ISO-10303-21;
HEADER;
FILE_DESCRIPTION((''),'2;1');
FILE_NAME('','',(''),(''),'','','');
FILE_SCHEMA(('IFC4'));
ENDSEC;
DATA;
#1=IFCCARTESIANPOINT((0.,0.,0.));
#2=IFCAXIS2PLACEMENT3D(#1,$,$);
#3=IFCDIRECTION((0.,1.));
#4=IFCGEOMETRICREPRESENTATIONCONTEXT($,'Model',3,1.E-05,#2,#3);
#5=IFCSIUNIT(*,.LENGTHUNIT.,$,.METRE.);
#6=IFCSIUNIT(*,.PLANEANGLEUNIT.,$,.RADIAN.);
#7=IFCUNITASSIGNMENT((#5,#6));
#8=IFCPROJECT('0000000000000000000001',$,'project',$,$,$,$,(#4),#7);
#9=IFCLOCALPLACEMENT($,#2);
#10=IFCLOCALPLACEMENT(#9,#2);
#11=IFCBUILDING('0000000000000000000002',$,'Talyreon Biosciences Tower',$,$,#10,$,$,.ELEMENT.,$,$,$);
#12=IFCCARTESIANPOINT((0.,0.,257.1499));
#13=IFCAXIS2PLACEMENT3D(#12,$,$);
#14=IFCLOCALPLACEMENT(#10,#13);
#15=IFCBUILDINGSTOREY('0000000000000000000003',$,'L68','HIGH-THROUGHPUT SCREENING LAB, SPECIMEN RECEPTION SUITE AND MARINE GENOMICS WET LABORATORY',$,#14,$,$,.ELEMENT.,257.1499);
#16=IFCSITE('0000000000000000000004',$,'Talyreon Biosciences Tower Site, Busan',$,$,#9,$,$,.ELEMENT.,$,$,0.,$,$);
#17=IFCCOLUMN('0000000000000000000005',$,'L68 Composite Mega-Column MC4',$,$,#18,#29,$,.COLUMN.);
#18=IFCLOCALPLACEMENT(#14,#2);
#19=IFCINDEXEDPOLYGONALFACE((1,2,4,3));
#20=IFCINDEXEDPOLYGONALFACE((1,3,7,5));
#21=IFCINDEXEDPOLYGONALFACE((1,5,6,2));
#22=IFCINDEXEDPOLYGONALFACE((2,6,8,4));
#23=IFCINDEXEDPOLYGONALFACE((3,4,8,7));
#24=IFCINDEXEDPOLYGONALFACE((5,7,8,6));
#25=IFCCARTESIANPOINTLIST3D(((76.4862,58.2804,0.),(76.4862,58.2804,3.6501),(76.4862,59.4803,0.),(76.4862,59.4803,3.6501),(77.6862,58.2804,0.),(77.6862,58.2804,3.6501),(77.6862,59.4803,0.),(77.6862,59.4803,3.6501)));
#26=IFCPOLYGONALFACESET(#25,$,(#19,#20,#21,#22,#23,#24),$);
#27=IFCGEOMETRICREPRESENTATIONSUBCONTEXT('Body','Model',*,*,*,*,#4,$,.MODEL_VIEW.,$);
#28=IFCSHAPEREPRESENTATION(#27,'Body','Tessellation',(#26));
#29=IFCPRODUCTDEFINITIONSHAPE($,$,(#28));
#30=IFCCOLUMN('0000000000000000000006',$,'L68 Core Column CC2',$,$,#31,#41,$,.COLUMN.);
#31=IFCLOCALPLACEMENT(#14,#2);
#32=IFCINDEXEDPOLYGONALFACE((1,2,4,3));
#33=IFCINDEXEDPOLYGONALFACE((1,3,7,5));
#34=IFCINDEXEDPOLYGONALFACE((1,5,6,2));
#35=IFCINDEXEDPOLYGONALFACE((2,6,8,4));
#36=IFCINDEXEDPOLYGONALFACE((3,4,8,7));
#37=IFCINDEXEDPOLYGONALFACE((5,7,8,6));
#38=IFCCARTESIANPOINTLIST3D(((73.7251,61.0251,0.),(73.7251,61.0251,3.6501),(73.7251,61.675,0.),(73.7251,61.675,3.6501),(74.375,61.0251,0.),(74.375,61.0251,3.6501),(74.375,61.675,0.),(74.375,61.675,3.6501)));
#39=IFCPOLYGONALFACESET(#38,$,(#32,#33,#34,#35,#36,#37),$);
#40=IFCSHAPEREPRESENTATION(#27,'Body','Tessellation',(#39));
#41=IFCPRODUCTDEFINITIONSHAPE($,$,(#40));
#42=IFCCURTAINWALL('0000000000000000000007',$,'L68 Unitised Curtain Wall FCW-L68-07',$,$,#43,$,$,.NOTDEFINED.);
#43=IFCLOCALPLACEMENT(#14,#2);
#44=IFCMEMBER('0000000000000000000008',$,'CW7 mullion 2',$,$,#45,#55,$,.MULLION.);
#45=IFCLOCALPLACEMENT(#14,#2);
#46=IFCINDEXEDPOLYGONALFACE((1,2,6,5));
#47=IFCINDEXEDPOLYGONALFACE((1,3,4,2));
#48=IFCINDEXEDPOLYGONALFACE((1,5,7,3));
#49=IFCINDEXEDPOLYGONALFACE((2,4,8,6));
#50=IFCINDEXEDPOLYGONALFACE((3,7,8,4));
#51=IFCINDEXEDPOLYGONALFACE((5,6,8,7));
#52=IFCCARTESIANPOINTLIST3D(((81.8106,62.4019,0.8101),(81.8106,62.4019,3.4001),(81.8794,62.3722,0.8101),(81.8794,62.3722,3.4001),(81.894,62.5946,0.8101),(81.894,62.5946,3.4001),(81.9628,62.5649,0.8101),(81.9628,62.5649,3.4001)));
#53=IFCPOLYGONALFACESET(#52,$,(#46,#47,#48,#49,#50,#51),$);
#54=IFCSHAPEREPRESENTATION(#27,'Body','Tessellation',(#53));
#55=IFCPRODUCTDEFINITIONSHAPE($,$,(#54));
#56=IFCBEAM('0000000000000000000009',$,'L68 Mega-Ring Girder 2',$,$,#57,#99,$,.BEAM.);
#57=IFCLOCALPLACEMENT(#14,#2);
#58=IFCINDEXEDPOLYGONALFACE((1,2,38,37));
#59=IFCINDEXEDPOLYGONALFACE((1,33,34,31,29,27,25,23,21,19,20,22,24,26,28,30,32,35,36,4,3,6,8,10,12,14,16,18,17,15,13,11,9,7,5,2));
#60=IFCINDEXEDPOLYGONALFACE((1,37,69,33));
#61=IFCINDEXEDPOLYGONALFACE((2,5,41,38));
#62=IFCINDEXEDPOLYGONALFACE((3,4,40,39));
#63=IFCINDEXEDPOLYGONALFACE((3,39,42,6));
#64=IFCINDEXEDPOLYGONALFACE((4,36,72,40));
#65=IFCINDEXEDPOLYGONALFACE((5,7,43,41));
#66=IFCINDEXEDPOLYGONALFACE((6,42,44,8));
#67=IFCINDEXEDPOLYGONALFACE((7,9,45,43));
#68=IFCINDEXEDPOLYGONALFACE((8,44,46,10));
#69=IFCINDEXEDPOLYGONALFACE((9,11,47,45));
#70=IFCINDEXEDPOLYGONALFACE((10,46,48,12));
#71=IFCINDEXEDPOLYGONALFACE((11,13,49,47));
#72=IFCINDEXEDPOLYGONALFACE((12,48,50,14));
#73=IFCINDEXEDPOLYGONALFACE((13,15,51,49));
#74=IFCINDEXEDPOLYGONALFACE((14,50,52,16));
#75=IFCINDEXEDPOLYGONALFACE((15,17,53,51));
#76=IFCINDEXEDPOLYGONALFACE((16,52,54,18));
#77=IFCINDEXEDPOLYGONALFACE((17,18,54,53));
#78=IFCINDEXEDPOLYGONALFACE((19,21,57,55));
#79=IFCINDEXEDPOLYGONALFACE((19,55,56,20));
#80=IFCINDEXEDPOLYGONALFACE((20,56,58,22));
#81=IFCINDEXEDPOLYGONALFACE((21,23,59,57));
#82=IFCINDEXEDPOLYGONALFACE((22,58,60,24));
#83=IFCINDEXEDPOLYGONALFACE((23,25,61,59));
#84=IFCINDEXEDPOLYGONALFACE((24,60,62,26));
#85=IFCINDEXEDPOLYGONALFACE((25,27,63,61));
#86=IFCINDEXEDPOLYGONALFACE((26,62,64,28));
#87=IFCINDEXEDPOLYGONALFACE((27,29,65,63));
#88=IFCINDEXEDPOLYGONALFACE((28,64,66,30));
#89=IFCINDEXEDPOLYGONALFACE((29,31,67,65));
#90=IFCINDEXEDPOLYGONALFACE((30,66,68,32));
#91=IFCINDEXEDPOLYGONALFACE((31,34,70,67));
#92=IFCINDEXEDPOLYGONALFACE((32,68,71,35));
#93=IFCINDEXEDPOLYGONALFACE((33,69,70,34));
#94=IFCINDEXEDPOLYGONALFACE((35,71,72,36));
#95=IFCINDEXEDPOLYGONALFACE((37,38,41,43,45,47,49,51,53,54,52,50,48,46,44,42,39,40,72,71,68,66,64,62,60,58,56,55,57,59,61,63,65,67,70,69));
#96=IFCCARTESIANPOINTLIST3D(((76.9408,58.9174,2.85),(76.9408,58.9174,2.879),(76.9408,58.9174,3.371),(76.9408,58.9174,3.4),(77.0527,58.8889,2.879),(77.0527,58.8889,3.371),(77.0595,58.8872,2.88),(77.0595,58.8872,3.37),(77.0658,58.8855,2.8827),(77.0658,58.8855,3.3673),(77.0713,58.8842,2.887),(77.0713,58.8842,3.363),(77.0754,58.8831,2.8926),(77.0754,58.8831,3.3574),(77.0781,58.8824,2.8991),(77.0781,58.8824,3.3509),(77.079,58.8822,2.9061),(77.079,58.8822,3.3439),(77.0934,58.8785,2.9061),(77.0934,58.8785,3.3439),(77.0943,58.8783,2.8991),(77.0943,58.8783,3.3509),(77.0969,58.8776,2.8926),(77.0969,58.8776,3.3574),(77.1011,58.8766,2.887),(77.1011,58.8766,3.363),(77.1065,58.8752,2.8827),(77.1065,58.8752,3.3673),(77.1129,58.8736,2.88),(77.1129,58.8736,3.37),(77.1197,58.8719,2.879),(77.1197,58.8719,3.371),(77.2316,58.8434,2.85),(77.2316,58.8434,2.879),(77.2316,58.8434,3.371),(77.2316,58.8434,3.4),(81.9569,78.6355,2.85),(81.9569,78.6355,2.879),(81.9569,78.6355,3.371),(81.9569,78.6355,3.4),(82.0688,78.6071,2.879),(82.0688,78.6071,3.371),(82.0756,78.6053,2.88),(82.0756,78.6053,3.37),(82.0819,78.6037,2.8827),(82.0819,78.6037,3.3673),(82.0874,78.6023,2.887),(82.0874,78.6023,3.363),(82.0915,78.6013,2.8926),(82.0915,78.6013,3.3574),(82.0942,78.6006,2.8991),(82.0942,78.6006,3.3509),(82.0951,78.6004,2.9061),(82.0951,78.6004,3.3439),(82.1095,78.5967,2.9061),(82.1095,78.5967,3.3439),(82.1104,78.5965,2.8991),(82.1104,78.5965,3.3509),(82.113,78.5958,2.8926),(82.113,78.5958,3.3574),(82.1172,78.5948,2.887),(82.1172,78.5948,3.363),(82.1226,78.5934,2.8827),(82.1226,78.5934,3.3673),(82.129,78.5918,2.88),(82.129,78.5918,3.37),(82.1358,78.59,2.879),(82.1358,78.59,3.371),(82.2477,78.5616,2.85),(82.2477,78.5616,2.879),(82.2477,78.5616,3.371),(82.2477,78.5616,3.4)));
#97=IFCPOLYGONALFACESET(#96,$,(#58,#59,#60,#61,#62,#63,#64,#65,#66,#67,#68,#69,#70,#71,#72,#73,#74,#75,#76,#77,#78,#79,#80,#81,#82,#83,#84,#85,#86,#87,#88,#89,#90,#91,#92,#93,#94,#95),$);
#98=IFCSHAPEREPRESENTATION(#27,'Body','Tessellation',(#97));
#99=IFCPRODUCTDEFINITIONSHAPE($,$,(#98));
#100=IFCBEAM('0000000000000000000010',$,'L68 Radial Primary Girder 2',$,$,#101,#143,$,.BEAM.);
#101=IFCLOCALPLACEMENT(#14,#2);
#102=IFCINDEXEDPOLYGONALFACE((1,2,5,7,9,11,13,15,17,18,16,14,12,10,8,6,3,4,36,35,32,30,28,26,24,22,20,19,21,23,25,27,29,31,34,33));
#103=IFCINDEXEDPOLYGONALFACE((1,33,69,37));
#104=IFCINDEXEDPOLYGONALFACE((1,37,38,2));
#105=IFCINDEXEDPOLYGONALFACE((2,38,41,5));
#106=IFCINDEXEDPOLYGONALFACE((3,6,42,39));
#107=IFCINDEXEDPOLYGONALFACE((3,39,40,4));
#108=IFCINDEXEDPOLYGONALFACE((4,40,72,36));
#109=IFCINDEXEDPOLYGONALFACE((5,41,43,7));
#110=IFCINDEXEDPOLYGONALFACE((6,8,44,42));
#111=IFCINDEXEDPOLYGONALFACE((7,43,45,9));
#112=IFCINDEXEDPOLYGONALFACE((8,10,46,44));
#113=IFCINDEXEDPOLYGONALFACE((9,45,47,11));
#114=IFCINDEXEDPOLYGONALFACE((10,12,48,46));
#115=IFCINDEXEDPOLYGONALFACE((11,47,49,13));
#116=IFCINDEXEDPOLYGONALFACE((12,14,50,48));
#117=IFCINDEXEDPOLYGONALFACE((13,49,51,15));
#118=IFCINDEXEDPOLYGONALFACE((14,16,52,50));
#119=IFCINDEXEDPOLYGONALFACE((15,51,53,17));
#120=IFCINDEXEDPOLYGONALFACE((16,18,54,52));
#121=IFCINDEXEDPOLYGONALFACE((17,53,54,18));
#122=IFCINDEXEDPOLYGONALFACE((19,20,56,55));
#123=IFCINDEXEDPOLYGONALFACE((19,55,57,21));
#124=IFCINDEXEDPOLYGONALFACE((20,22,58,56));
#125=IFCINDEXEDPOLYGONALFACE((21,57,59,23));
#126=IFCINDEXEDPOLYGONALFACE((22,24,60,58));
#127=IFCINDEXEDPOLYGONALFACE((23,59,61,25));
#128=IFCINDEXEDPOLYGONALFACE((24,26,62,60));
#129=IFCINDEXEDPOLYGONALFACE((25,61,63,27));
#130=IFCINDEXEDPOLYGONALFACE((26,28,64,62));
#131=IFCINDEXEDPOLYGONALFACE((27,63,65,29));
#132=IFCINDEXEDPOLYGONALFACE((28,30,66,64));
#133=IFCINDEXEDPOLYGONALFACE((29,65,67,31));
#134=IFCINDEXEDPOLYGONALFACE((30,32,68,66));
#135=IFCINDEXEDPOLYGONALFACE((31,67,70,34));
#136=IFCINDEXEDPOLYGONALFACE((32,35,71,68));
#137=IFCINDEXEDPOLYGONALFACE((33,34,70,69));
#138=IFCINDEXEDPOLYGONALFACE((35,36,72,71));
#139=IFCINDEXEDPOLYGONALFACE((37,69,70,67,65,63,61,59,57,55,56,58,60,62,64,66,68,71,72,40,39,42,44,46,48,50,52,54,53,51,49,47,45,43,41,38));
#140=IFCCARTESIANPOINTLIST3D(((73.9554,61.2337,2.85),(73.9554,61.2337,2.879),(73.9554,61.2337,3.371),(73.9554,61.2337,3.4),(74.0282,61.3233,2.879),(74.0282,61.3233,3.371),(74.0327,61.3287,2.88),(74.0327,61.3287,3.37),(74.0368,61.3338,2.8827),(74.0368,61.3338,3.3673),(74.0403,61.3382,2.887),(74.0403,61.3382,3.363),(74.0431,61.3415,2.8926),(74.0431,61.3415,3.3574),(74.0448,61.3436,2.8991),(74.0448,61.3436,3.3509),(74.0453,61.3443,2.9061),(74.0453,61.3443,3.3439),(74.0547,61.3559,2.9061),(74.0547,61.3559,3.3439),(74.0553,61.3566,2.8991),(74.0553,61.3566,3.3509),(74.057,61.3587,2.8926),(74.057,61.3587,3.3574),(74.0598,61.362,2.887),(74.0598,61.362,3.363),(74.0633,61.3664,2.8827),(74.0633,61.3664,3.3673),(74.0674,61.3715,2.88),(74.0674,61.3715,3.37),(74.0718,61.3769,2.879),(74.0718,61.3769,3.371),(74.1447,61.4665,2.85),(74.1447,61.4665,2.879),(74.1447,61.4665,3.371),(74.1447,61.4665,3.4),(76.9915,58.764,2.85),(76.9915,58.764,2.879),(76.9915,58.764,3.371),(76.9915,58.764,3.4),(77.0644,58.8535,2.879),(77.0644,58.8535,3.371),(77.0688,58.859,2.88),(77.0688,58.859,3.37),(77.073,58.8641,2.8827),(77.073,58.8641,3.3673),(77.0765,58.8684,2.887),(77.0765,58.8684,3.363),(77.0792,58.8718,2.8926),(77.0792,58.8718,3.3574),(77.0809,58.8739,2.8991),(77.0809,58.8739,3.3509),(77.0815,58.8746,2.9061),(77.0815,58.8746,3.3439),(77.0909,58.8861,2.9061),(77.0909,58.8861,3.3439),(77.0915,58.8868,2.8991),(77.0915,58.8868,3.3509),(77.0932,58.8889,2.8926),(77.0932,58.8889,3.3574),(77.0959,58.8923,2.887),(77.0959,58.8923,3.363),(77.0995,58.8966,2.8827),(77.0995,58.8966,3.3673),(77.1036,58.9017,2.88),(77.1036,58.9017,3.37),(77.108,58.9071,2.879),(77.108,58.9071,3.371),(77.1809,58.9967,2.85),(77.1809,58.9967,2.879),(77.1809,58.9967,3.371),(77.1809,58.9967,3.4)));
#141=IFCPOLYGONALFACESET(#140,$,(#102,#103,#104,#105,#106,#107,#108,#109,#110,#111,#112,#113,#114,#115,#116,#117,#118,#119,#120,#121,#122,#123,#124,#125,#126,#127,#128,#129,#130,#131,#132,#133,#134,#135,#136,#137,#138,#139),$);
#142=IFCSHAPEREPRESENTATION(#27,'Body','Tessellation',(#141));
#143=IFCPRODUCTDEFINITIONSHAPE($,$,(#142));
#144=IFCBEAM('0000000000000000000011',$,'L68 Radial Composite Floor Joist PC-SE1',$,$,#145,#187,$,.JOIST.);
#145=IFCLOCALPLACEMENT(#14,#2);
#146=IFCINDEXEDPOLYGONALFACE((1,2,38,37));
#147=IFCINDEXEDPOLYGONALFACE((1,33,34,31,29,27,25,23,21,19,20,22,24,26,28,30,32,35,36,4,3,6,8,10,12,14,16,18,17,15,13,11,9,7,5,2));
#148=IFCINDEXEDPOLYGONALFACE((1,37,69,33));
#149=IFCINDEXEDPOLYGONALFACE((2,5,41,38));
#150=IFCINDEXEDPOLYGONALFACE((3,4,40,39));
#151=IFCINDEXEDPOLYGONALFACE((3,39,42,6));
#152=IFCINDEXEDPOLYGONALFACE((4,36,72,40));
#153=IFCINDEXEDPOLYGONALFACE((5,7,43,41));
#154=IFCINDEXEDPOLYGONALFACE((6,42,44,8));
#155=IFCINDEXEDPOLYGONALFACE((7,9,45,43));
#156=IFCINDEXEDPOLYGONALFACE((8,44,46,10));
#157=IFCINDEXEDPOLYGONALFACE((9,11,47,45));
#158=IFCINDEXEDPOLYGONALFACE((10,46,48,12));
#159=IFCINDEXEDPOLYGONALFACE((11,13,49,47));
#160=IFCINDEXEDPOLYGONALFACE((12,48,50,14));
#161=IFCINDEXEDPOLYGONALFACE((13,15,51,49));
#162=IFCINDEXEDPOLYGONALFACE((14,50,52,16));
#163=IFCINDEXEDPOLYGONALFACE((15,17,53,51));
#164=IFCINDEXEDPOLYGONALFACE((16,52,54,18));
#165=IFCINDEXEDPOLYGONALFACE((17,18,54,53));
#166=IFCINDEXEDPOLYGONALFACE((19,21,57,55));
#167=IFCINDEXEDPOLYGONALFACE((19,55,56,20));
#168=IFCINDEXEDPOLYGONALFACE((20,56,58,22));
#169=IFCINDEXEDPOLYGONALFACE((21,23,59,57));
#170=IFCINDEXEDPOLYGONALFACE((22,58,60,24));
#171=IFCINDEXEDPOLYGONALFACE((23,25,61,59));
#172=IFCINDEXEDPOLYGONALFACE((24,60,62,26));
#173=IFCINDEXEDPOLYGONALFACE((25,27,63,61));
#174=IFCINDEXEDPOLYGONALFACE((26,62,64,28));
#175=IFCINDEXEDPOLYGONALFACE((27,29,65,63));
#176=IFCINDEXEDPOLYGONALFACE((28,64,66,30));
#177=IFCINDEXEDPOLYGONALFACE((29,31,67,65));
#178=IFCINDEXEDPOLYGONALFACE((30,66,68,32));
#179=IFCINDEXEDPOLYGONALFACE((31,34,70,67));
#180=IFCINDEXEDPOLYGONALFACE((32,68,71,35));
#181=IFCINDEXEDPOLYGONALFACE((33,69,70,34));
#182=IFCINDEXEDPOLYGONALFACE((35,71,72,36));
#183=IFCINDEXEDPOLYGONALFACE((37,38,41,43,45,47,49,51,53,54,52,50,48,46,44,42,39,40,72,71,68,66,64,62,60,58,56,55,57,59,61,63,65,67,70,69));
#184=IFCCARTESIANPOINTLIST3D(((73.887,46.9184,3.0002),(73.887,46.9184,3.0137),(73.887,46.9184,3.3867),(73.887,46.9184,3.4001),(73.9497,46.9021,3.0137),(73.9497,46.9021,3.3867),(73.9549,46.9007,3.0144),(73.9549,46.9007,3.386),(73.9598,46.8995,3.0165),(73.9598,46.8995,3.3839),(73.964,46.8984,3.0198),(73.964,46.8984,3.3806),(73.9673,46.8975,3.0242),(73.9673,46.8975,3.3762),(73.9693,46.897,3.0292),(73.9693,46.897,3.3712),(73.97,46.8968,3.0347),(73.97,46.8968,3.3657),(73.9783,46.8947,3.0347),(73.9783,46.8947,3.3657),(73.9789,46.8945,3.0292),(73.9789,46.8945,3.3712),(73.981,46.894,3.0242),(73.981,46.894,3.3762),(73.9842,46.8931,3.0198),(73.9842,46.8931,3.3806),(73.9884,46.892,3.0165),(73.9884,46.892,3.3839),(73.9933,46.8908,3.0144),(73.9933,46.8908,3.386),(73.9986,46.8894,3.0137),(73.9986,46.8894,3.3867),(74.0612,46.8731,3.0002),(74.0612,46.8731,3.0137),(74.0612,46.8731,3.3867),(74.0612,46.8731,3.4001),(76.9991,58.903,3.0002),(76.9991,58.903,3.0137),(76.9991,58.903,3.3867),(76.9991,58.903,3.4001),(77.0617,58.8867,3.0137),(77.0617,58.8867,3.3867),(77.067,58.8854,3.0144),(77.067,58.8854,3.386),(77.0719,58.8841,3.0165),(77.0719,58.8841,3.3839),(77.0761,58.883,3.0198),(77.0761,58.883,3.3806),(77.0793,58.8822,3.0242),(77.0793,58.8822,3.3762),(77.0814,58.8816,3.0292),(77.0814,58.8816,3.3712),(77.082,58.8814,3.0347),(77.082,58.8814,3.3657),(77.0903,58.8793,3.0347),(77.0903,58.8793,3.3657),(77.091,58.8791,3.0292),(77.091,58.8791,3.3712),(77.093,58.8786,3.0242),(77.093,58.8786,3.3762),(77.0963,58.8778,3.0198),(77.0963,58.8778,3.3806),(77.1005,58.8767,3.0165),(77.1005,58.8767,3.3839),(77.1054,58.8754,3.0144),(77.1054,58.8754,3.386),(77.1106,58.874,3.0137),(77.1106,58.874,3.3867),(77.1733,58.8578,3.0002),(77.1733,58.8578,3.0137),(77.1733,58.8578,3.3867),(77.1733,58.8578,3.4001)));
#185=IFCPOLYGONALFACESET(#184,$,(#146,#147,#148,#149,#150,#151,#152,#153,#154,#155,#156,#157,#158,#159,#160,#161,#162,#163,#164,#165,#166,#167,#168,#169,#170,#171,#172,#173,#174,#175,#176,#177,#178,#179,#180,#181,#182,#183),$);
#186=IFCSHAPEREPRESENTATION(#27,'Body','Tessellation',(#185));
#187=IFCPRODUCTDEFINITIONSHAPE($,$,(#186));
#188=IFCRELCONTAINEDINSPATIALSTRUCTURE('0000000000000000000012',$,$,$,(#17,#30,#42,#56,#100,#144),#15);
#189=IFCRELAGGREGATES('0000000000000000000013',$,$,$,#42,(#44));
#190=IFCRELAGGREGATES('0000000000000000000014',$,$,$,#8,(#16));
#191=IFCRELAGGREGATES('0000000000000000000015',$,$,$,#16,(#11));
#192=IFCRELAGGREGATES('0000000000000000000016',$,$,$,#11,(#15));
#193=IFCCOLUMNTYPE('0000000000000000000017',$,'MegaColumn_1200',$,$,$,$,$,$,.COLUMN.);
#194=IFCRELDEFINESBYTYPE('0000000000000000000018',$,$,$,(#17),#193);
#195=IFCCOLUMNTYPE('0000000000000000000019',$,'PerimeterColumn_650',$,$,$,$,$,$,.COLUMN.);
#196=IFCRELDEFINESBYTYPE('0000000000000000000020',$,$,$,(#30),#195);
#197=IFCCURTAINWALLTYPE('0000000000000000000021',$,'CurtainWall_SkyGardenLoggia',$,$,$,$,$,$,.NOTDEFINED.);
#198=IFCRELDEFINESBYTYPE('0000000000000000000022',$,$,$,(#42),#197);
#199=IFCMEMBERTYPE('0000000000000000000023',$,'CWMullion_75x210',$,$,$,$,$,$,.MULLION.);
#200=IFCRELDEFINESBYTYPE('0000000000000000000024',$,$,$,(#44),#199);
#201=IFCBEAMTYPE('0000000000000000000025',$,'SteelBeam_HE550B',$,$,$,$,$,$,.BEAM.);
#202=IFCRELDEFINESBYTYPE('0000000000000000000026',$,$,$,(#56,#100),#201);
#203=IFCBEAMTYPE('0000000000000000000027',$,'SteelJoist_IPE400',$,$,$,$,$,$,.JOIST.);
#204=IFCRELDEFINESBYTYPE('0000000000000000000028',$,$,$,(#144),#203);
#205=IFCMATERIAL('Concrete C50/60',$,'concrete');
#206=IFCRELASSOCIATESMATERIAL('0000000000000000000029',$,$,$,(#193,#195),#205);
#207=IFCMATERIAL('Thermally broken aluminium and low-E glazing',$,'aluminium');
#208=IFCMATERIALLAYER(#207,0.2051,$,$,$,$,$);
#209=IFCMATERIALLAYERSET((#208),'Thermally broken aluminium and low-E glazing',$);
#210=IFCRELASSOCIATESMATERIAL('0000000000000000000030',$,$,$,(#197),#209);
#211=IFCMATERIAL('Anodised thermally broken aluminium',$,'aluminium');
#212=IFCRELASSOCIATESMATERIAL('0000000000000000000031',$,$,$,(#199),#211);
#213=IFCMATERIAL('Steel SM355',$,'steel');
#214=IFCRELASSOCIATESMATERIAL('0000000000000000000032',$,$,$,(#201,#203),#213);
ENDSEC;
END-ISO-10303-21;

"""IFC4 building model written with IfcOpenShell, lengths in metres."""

from ifc_helpers import new_model, si_unit, direction, frame, origin, origin_2d, place, context, subcontext, project, spatial, rectangle, i_section, extrude, material, layer, layer_set, material_profile, profile_set, type_object, element, aggregate, save


model = new_model("IFC4")

# Units and contexts
model_context = context("Model", 3, precision=1e-05, world=origin(), true_north=direction((0.0, 1.0)))
body_context = subcontext(model_context, "Body", "Model", "MODEL_VIEW")
ifc_project = project(units=[si_unit("LENGTHUNIT", "METRE"), si_unit("PLANEANGLEUNIT", "RADIAN")], contexts=[model_context])

# Site, building, storey
site_placement = place(None, origin())
site = spatial("IfcSite", under=ifc_project, at=site_placement, Name="Talyreon Biosciences Tower Site, Busan", CompositionType="ELEMENT", RefElevation=0.0)
building_placement = place(site_placement, origin())
building = spatial("IfcBuilding", under=site, at=building_placement, Name="Talyreon Biosciences Tower", CompositionType="ELEMENT")
storey_placement = place(building_placement, frame((0.0, 0.0, 257.1499)))
storey = spatial("IfcBuildingStorey", under=building, at=storey_placement, Name="L68", Description="HIGH-THROUGHPUT SCREENING LAB, SPECIMEN RECEPTION SUITE AND MARINE GENOMICS WET LABORATORY", CompositionType="ELEMENT", Elevation=257.1499)

# Columns
ifc_material_1 = material(Name="Concrete C50/60", Category="concrete")
ifc_material_profile_1 = material_profile(ifc_material_1, rectangle(XDim=1.2, YDim=1.2, at=origin_2d()), Name="RC 1200x1200")
ifc_profile_set_1 = profile_set([ifc_material_profile_1], Name="Concrete C50/60")
column_type_1 = type_object("IfcColumnType", Name="MegaColumn_1200", PredefinedType="COLUMN", material=ifc_profile_set_1)
column_1_placement = place(storey_placement, frame((77.0862, 58.8804, 0.0), z_axis=(0.0, 0.0, 1.0), x_axis=(1.0, 0.0, 0.0)))
element("IfcColumn", 1, at=column_1_placement, inside=storey, type_object=column_type_1, Name="L68 Composite Mega-Column MC4", PredefinedType="COLUMN", context=body_context, shape_type="SweptSolid", body=[
    extrude(rectangle(XDim=1.2, YDim=1.2, at=origin_2d()), origin(), (0.0, 0.0, 1.0), 3.6501),
])
ifc_material_profile_2 = material_profile(ifc_material_1, rectangle(XDim=0.6499, YDim=0.6499, at=origin_2d()), Name="RC 650x650")
ifc_profile_set_2 = profile_set([ifc_material_profile_2], Name="Concrete C50/60")
column_type_2 = type_object("IfcColumnType", Name="PerimeterColumn_650", PredefinedType="COLUMN", material=ifc_profile_set_2)
column_2_placement = place(storey_placement, frame((74.05, 61.3501, 0.0), z_axis=(0.0, 0.0, 1.0), x_axis=(1.0, 0.0, 0.0)))
element("IfcColumn", 2, at=column_2_placement, inside=storey, type_object=column_type_2, Name="L68 Core Column CC2", PredefinedType="COLUMN", context=body_context, shape_type="SweptSolid", body=[
    extrude(rectangle(XDim=0.6499, YDim=0.6499, at=origin_2d()), origin(), (0.0, 0.0, 1.0), 3.6501),
])

# Curtain wall, member
ifc_material_2 = material(Name="Thermally broken aluminium and low-E glazing", Category="aluminium")
ifc_layer_1 = layer(ifc_material_2, 0.2051)
ifc_layer_set_1 = layer_set([ifc_layer_1], Name="Thermally broken aluminium and low-E glazing")
curtain_wall_type = type_object("IfcCurtainWallType", Name="CurtainWall_SkyGardenLoggia", PredefinedType="NOTDEFINED", material=ifc_layer_set_1)
curtain_wall_placement = place(storey_placement, origin())
curtain_wall = element("IfcCurtainWall", 3, at=curtain_wall_placement, inside=storey, type_object=curtain_wall_type, Name="L68 Unitised Curtain Wall FCW-L68-07", PredefinedType="NOTDEFINED")
ifc_material_3 = material(Name="Anodised thermally broken aluminium", Category="aluminium")
ifc_material_profile_3 = material_profile(ifc_material_3, rectangle(XDim=0.075, YDim=0.21, at=origin_2d()), Name="ALUM MULLION 75x210")
ifc_profile_set_3 = profile_set([ifc_material_profile_3], Name="Anodised thermally broken aluminium")
member_type = type_object("IfcMemberType", Name="CWMullion_75x210", PredefinedType="MULLION", material=ifc_profile_set_3)
member_placement = place(storey_placement, frame((81.8867, 62.4834, 0.8101), z_axis=(0.0, 0.0, 1.0), x_axis=(0.917724, -0.397219, 0.0)))
member = element("IfcMember", 4, at=member_placement, type_object=member_type, Name="CW7 mullion 2", PredefinedType="MULLION", context=body_context, shape_type="SweptSolid", body=[
    extrude(rectangle(XDim=0.075, YDim=0.21, at=origin_2d()), origin(), (0.0, 0.0, 1.0), 2.5901),
])
aggregate(curtain_wall, [member])

# Beams
ifc_material_4 = material(Name="Steel SM355", Category="steel")
ifc_material_profile_4 = material_profile(ifc_material_4, i_section(OverallWidth=0.3, OverallDepth=0.55, WebThickness=0.0149, FlangeThickness=0.0291, FilletRadius=0.0271, at=origin_2d()), Name="HE550B")
ifc_profile_set_4 = profile_set([ifc_material_profile_4], Name="Steel SM355")
beam_type_1 = type_object("IfcBeamType", Name="SteelBeam_HE550B", PredefinedType="BEAM", material=ifc_profile_set_4)
beam_1_placement = place(storey_placement, frame((77.0862, 58.8804, 3.125), z_axis=(0.246537, 0.969133, 0.0), x_axis=(-0.969133, 0.246537, 0.0)))
element("IfcBeam", 5, at=beam_1_placement, inside=storey, type_object=beam_type_1, Name="L68 Mega-Ring Girder 2", PredefinedType="BEAM", context=body_context, shape_type="SweptSolid", body=[
    extrude(i_section(OverallWidth=0.3, OverallDepth=0.55, WebThickness=0.0149, FlangeThickness=0.0291, FilletRadius=0.0271, at=origin_2d()), origin(), (0.0, 0.0, 1.0), 20.3462),
])
beam_2_placement = place(storey_placement, frame((74.05, 61.3501, 3.125), z_axis=(0.775755, -0.631034, 0.0), x_axis=(0.631034, 0.775755, 0.0)))
element("IfcBeam", 6, at=beam_2_placement, inside=storey, type_object=beam_type_1, Name="L68 Radial Primary Girder 2", PredefinedType="BEAM", context=body_context, shape_type="SweptSolid", body=[
    extrude(i_section(OverallWidth=0.3, OverallDepth=0.55, WebThickness=0.0149, FlangeThickness=0.0291, FilletRadius=0.0271, at=origin_2d()), origin(), (0.0, 0.0, 1.0), 3.9138),
])
ifc_material_profile_5 = material_profile(ifc_material_4, i_section(OverallWidth=0.1799, OverallDepth=0.3999, WebThickness=0.0085, FlangeThickness=0.0134, FilletRadius=0.021, at=origin_2d()), Name="IPE400")
ifc_profile_set_5 = profile_set([ifc_material_profile_5], Name="Steel SM355")
beam_type_2 = type_object("IfcBeamType", Name="SteelJoist_IPE400", PredefinedType="JOIST", material=ifc_profile_set_5)
beam_3_placement = place(storey_placement, frame((77.0862, 58.8804, 3.2002), z_axis=(-0.251336, -0.9679, 0.0), x_axis=(0.9679, -0.251336, 0.0)))
element("IfcBeam", 7, at=beam_3_placement, inside=storey, type_object=beam_type_2, Name="L68 Radial Composite Floor Joist PC-SE1", PredefinedType="JOIST", context=body_context, shape_type="SweptSolid", body=[
    extrude(i_section(OverallWidth=0.1799, OverallDepth=0.3999, WebThickness=0.0085, FlangeThickness=0.0134, FilletRadius=0.021, at=origin_2d()), origin(), (0.0, 0.0, 1.0), 12.3821),
])

save(model, "model.ifc")
